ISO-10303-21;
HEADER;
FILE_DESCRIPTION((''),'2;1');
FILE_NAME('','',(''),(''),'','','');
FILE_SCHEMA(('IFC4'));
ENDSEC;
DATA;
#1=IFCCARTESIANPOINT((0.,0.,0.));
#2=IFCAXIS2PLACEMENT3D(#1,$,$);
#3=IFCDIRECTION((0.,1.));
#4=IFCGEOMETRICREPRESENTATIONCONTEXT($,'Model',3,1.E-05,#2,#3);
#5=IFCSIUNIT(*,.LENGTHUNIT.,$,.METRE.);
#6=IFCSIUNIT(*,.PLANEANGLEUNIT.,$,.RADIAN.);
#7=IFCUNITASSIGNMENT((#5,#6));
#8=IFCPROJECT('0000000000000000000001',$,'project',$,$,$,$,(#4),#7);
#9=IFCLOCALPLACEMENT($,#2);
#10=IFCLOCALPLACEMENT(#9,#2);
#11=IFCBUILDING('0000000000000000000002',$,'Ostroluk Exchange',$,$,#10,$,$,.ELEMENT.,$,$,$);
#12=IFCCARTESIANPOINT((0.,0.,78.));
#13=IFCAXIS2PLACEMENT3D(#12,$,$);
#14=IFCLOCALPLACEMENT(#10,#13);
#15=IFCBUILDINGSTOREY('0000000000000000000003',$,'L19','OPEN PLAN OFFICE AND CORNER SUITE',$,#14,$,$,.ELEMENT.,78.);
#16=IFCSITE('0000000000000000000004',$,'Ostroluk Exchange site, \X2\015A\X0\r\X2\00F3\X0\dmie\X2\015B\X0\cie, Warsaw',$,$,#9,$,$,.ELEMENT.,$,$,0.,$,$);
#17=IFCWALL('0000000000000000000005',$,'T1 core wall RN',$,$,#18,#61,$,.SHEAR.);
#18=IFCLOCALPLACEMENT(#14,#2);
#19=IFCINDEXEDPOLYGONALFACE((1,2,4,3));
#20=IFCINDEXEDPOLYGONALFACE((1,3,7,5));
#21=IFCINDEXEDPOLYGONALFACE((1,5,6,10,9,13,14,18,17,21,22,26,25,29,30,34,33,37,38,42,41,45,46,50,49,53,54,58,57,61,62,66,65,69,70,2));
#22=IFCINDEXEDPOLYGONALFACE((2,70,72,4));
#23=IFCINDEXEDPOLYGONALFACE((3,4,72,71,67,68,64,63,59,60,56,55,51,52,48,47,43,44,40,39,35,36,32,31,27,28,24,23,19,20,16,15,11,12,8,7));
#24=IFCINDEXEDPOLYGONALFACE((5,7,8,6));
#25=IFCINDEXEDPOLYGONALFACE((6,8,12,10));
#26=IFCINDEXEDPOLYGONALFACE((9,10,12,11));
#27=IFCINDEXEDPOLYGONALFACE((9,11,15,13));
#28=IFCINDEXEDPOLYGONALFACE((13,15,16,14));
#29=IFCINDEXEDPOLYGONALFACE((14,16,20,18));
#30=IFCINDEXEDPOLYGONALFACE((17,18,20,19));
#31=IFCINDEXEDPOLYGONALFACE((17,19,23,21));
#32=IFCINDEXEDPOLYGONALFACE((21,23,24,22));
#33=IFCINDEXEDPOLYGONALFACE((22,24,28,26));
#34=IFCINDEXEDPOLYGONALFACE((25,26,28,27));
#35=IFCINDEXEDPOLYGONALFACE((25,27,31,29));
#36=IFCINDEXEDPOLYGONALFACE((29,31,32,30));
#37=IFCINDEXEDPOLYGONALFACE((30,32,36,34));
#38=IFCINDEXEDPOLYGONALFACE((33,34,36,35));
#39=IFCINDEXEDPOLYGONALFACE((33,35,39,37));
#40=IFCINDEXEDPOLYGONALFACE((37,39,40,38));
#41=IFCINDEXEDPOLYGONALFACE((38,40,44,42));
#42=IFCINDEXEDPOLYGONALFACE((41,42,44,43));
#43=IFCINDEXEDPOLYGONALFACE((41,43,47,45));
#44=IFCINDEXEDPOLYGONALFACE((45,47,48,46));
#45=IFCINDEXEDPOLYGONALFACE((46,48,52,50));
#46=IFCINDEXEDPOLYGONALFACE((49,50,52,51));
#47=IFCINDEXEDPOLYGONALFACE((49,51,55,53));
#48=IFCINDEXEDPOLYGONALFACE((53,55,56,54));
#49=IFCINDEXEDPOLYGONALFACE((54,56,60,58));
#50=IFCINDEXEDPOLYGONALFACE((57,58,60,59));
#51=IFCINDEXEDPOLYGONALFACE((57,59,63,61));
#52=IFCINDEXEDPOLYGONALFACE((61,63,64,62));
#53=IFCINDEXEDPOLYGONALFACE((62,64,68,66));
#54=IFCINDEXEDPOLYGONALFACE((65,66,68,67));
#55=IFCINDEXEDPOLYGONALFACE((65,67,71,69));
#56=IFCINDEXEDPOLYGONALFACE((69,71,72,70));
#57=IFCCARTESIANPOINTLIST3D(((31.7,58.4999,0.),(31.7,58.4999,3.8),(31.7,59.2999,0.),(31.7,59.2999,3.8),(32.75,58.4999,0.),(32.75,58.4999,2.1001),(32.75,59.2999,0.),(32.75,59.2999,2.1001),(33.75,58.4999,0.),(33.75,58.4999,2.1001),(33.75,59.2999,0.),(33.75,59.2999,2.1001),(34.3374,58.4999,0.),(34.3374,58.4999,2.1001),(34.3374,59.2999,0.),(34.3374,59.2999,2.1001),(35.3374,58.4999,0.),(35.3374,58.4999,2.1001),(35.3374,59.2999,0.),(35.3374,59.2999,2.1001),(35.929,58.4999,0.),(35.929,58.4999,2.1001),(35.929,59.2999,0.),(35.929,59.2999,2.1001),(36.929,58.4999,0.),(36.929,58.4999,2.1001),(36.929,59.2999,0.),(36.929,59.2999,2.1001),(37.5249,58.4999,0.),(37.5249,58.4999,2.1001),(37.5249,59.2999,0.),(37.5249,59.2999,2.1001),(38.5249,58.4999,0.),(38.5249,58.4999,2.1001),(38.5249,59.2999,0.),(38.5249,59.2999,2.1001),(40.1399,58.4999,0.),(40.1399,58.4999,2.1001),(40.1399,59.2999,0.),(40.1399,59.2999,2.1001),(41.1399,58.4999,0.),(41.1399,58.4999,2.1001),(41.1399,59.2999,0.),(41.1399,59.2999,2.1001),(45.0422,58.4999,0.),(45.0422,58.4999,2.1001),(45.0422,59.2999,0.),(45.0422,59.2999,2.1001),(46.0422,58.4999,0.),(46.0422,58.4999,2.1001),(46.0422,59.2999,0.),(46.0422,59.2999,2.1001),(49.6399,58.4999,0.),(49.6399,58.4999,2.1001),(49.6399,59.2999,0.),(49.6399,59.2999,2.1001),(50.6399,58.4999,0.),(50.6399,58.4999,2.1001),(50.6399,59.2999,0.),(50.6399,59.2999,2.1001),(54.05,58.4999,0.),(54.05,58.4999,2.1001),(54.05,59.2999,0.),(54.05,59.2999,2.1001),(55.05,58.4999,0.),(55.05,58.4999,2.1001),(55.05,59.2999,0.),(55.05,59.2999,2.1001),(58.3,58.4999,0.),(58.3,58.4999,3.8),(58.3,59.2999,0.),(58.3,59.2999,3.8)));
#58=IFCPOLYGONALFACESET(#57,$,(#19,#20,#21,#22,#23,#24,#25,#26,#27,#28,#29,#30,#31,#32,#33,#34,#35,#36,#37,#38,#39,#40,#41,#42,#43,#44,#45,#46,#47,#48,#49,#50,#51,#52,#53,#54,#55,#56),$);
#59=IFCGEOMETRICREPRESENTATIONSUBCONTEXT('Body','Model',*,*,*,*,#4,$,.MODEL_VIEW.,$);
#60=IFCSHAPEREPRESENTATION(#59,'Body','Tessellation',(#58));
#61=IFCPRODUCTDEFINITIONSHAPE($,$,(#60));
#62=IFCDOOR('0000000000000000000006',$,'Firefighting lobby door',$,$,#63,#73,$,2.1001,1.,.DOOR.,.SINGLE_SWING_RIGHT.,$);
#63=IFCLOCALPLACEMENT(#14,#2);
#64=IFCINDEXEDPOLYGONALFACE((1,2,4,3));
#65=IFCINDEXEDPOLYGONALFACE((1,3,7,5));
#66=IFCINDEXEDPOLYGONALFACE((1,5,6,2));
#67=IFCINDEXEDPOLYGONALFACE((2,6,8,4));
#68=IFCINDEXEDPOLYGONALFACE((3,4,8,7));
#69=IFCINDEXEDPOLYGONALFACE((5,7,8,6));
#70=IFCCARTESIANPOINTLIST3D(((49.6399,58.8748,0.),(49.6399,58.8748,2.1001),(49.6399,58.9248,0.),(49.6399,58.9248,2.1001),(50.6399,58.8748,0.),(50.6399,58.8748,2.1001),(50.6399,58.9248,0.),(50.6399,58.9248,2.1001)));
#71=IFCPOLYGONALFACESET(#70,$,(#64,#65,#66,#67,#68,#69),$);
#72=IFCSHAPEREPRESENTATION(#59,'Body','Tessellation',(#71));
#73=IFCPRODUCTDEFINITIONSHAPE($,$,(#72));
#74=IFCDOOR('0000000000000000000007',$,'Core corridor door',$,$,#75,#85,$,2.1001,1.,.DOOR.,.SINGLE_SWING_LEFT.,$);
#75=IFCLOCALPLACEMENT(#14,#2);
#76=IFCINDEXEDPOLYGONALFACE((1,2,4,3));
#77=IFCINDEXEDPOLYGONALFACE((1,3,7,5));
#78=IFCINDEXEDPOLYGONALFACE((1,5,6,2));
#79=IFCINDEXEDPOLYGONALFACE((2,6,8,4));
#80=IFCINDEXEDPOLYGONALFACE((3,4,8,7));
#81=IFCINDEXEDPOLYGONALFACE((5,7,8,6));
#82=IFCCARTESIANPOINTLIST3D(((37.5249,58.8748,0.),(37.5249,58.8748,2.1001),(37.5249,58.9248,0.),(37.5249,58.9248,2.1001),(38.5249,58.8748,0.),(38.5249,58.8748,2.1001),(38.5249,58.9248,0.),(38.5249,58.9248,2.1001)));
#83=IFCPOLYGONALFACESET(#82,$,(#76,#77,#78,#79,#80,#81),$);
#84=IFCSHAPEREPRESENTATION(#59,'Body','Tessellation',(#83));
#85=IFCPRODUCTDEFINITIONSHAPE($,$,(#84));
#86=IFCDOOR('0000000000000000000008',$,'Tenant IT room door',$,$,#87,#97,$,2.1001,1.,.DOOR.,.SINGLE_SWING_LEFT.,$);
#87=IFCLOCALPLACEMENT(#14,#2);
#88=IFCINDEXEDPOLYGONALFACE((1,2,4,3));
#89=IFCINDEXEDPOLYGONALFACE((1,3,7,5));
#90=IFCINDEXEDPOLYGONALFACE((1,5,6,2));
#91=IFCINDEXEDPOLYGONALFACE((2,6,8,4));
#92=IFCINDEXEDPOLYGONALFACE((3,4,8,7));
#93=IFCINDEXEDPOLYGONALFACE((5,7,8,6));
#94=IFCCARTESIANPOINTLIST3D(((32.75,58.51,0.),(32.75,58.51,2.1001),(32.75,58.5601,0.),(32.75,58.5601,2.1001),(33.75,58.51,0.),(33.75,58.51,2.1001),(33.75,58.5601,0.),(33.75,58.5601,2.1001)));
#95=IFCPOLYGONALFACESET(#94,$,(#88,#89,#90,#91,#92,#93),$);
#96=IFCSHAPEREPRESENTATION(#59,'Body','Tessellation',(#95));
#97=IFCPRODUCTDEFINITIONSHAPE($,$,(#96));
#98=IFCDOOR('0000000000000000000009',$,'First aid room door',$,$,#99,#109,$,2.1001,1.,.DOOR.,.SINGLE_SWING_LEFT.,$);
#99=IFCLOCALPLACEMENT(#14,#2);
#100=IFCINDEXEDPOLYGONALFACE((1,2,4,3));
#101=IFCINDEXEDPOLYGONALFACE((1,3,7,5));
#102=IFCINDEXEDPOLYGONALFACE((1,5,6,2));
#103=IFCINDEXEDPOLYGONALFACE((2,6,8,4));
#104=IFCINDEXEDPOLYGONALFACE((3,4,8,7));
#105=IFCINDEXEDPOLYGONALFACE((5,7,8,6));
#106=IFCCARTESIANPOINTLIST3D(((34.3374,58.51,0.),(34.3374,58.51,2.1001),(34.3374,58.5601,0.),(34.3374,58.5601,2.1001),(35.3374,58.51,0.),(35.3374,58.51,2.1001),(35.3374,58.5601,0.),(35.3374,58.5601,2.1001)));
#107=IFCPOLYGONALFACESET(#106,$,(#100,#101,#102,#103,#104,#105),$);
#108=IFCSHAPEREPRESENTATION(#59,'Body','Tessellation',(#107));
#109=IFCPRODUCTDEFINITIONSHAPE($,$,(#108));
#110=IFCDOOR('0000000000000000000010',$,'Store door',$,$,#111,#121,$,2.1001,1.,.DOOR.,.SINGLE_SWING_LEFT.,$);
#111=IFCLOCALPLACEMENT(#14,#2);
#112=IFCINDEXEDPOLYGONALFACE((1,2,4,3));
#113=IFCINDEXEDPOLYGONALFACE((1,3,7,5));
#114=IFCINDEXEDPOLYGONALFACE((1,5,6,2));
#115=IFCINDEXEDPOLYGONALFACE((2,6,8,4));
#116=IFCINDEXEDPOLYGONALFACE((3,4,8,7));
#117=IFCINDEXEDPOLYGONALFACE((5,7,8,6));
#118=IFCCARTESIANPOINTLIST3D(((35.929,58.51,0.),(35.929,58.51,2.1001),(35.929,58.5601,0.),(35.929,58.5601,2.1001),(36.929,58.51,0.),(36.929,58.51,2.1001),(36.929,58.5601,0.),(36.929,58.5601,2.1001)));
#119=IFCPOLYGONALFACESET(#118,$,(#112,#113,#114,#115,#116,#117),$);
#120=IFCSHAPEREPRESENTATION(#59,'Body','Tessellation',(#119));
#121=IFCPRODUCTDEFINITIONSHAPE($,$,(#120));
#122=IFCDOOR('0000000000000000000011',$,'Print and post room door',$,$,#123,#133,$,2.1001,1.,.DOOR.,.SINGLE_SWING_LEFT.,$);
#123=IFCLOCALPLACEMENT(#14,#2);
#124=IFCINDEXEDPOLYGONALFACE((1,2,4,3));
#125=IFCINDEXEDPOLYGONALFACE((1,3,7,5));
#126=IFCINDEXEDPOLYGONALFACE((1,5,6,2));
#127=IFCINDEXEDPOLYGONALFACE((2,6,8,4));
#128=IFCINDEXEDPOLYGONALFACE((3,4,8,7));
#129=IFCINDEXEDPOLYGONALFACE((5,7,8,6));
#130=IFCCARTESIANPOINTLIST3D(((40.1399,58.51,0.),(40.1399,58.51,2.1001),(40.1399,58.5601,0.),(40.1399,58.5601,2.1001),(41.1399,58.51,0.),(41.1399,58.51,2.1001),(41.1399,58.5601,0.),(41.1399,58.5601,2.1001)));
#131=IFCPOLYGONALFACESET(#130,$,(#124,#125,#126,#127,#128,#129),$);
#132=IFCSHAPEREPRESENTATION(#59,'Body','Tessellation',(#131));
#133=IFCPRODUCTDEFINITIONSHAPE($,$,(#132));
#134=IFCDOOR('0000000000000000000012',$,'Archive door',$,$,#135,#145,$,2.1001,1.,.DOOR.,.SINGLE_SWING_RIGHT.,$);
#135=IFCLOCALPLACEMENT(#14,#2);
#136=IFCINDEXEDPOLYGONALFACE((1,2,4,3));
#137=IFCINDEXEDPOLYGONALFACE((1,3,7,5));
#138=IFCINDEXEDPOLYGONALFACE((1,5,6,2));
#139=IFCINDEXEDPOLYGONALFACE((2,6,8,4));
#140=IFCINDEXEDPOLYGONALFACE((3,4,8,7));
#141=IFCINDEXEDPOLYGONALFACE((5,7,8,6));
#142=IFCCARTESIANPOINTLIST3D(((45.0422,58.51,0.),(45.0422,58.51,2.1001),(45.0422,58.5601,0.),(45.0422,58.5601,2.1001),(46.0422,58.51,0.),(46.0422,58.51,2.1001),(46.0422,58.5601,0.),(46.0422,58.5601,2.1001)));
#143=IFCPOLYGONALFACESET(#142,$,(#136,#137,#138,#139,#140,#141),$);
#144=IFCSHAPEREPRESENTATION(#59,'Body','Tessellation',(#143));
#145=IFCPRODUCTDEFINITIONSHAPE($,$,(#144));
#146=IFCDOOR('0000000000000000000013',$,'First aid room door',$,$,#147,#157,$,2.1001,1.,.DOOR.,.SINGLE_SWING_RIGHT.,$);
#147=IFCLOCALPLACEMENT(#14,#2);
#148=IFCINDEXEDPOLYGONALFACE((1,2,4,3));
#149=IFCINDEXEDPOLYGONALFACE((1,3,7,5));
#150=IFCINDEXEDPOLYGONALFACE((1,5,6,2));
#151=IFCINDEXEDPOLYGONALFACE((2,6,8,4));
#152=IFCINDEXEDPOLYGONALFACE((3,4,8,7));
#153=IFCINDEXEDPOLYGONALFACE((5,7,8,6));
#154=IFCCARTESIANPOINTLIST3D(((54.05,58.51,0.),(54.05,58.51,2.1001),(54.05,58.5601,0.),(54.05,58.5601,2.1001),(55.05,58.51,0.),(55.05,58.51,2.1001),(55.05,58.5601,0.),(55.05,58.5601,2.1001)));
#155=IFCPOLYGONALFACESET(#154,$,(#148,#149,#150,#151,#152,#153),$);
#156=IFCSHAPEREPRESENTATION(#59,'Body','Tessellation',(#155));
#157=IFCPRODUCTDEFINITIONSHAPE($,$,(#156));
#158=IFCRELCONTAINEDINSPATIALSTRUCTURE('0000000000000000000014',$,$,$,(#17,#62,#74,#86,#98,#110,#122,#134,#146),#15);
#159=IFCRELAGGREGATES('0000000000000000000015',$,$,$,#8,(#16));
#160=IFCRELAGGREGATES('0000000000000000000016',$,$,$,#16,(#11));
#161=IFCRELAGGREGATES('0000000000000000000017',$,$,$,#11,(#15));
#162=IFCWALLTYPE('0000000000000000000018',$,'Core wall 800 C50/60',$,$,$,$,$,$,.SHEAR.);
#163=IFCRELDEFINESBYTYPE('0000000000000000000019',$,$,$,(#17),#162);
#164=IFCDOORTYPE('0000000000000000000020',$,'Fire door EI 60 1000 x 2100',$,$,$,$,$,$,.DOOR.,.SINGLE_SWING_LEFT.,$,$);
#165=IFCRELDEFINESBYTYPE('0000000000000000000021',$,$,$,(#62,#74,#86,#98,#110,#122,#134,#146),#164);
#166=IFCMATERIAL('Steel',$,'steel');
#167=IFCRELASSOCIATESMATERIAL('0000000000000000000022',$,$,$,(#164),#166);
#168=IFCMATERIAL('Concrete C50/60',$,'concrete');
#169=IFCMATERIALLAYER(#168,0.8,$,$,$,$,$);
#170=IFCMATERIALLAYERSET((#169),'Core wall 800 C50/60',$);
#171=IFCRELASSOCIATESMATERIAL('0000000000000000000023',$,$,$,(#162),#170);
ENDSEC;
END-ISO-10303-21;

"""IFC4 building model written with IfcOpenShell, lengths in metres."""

from ifc_helpers import new_model, si_unit, direction, frame, frame_2d, origin, place, context, subcontext, project, spatial, rectangle, extrude, material, layer, layer_set, type_object, element, fill, save


model = new_model("IFC4")

# Units and contexts
model_context = context("Model", 3, precision=1e-05, world=origin(), true_north=direction((0.0, 1.0)))
body_context = subcontext(model_context, "Body", "Model", "MODEL_VIEW")
ifc_project = project(units=[si_unit("LENGTHUNIT", "METRE"), si_unit("PLANEANGLEUNIT", "RADIAN")], contexts=[model_context])

# Site, building, storey
site_placement = place(None, origin())
site = spatial("IfcSite", under=ifc_project, at=site_placement, Name="Ostroluk Exchange site, Śródmieście, Warsaw", CompositionType="ELEMENT", RefElevation=0.0)
building_placement = place(site_placement, origin())
building = spatial("IfcBuilding", under=site, at=building_placement, Name="Ostroluk Exchange", CompositionType="ELEMENT")
storey_placement = place(building_placement, frame((0.0, 0.0, 78.0)))
storey = spatial("IfcBuildingStorey", under=building, at=storey_placement, Name="L19", Description="OPEN PLAN OFFICE AND CORNER SUITE", CompositionType="ELEMENT", Elevation=78.0)

# Wall, openings, doors
ifc_material_1 = material(Name="Steel", Category="steel")
door_type = type_object("IfcDoorType", Name="Fire door EI 60 1000 x 2100", OperationType="SINGLE_SWING_LEFT", PredefinedType="DOOR", material=ifc_material_1)
ifc_material_2 = material(Name="Concrete C50/60", Category="concrete")
ifc_layer_1 = layer(ifc_material_2, 0.8)
ifc_layer_set_1 = layer_set([ifc_layer_1], Name="Core wall 800 C50/60")
wall_type_1 = type_object("IfcWallType", Name="Core wall 800 C50/60", PredefinedType="SHEAR", material=ifc_layer_set_1)
wall_1_placement = place(storey_placement, frame((31.7, 58.8999, 0.0), z_axis=(0.0, 0.0, 1.0), x_axis=(1.0, 0.0, 0.0)))
wall_1 = element("IfcWall", 1, at=wall_1_placement, inside=storey, type_object=wall_type_1, Name="T1 core wall RN", PredefinedType="SHEAR", context=body_context, shape_type="SweptSolid", body=[
    extrude(rectangle(XDim=26.6001, YDim=0.8, at=frame_2d((13.3, 0.0))), origin(), (0.0, 0.0, 1.0), 3.8),
])
opening_1_placement = place(wall_1_placement, frame((17.9399, 0.0, 0.0)))
opening_1 = element("IfcOpeningElement", 2, at=opening_1_placement, cuts=wall_1, PredefinedType="OPENING", context=body_context, shape_type="SweptSolid", body=[
    extrude(rectangle(XDim=1.0, YDim=2.1001, at=frame_2d((0.5, 1.05))), frame((0.0, 0.4099, 0.0), z_axis=(0.0, -1.0, 0.0), x_axis=(1.0, 0.0, 0.0)), (0.0, 0.0, 1.0), 0.8201),
])
opening_2_placement = place(wall_1_placement, frame((5.825, 0.0, 0.0)))
opening_2 = element("IfcOpeningElement", 3, at=opening_2_placement, cuts=wall_1, PredefinedType="OPENING", context=body_context, shape_type="SweptSolid", body=[
    extrude(rectangle(XDim=1.0, YDim=2.1001, at=frame_2d((0.5, 1.05))), frame((0.0, 0.4099, 0.0), z_axis=(0.0, -1.0, 0.0), x_axis=(1.0, 0.0, 0.0)), (0.0, 0.0, 1.0), 0.8201),
])
opening_3_placement = place(wall_1_placement, frame((1.05, 0.0, 0.0)))
opening_3 = element("IfcOpeningElement", 4, at=opening_3_placement, cuts=wall_1, PredefinedType="OPENING", context=body_context, shape_type="SweptSolid", body=[
    extrude(rectangle(XDim=1.0, YDim=2.1001, at=frame_2d((0.5, 1.05))), frame((0.0, 0.4099, 0.0), z_axis=(0.0, -1.0, 0.0), x_axis=(1.0, 0.0, 0.0)), (0.0, 0.0, 1.0), 0.8201),
])
opening_4_placement = place(wall_1_placement, frame((2.6375, 0.0, 0.0)))
opening_4 = element("IfcOpeningElement", 5, at=opening_4_placement, cuts=wall_1, PredefinedType="OPENING", context=body_context, shape_type="SweptSolid", body=[
    extrude(rectangle(XDim=1.0, YDim=2.1001, at=frame_2d((0.5, 1.05))), frame((0.0, 0.4099, 0.0), z_axis=(0.0, -1.0, 0.0), x_axis=(1.0, 0.0, 0.0)), (0.0, 0.0, 1.0), 0.8201),
])
opening_5_placement = place(wall_1_placement, frame((4.229, 0.0, 0.0)))
opening_5 = element("IfcOpeningElement", 6, at=opening_5_placement, cuts=wall_1, PredefinedType="OPENING", context=body_context, shape_type="SweptSolid", body=[
    extrude(rectangle(XDim=1.0, YDim=2.1001, at=frame_2d((0.5, 1.05))), frame((0.0, 0.4099, 0.0), z_axis=(0.0, -1.0, 0.0), x_axis=(1.0, 0.0, 0.0)), (0.0, 0.0, 1.0), 0.8201),
])
opening_6_placement = place(wall_1_placement, frame((8.4399, 0.0, 0.0)))
opening_6 = element("IfcOpeningElement", 7, at=opening_6_placement, cuts=wall_1, PredefinedType="OPENING", context=body_context, shape_type="SweptSolid", body=[
    extrude(rectangle(XDim=1.0, YDim=2.1001, at=frame_2d((0.5, 1.05))), frame((0.0, 0.4099, 0.0), z_axis=(0.0, -1.0, 0.0), x_axis=(1.0, 0.0, 0.0)), (0.0, 0.0, 1.0), 0.8201),
])
opening_7_placement = place(wall_1_placement, frame((13.3423, 0.0, 0.0)))
opening_7 = element("IfcOpeningElement", 8, at=opening_7_placement, cuts=wall_1, PredefinedType="OPENING", context=body_context, shape_type="SweptSolid", body=[
    extrude(rectangle(XDim=1.0, YDim=2.1001, at=frame_2d((0.5, 1.05))), frame((0.0, 0.4099, 0.0), z_axis=(0.0, -1.0, 0.0), x_axis=(1.0, 0.0, 0.0)), (0.0, 0.0, 1.0), 0.8201),
])
opening_8_placement = place(wall_1_placement, frame((22.3501, 0.0, 0.0)))
opening_8 = element("IfcOpeningElement", 9, at=opening_8_placement, cuts=wall_1, PredefinedType="OPENING", context=body_context, shape_type="SweptSolid", body=[
    extrude(rectangle(XDim=1.0, YDim=2.1001, at=frame_2d((0.5, 1.05))), frame((0.0, 0.4099, 0.0), z_axis=(0.0, -1.0, 0.0), x_axis=(1.0, 0.0, 0.0)), (0.0, 0.0, 1.0), 0.8201),
])
door_1_placement = place(opening_1_placement, origin())
door_1 = element("IfcDoor", 10, at=door_1_placement, inside=storey, type_object=door_type, Name="Firefighting lobby door", OperationType="SINGLE_SWING_RIGHT", OverallHeight=2.1001, OverallWidth=1.0, PredefinedType="DOOR", context=body_context, shape_type="SweptSolid", body=[
    extrude(rectangle(XDim=1.0, YDim=2.1001, at=frame_2d((0.5, 1.05))), frame((0.0, 0.0249, 0.0), z_axis=(0.0, -1.0, 0.0), x_axis=(1.0, 0.0, 0.0)), (0.0, 0.0, 1.0), 0.05),
])
fill(opening_1, door_1)
door_2_placement = place(opening_2_placement, origin())
door_2 = element("IfcDoor", 11, at=door_2_placement, inside=storey, type_object=door_type, Name="Core corridor door", OperationType="SINGLE_SWING_LEFT", OverallHeight=2.1001, OverallWidth=1.0, PredefinedType="DOOR", context=body_context, shape_type="SweptSolid", body=[
    extrude(rectangle(XDim=1.0, YDim=2.1001, at=frame_2d((0.5, 1.05))), frame((0.0, 0.0249, 0.0), z_axis=(0.0, -1.0, 0.0), x_axis=(1.0, 0.0, 0.0)), (0.0, 0.0, 1.0), 0.05),
])
fill(opening_2, door_2)
door_3_placement = place(opening_3_placement, origin())
door_3 = element("IfcDoor", 12, at=door_3_placement, inside=storey, type_object=door_type, Name="Tenant IT room door", OperationType="SINGLE_SWING_LEFT", OverallHeight=2.1001, OverallWidth=1.0, PredefinedType="DOOR", context=body_context, shape_type="SweptSolid", body=[
    extrude(rectangle(XDim=1.0, YDim=2.1001, at=frame_2d((0.5, 1.05))), frame((0.0, -0.3398, 0.0), z_axis=(0.0, -1.0, 0.0), x_axis=(1.0, 0.0, 0.0)), (0.0, 0.0, 1.0), 0.05),
])
fill(opening_3, door_3)
door_4_placement = place(opening_4_placement, origin())
door_4 = element("IfcDoor", 13, at=door_4_placement, inside=storey, type_object=door_type, Name="First aid room door", OperationType="SINGLE_SWING_LEFT", OverallHeight=2.1001, OverallWidth=1.0, PredefinedType="DOOR", context=body_context, shape_type="SweptSolid", body=[
    extrude(rectangle(XDim=1.0, YDim=2.1001, at=frame_2d((0.5, 1.05))), frame((0.0, -0.3398, 0.0), z_axis=(0.0, -1.0, 0.0), x_axis=(1.0, 0.0, 0.0)), (0.0, 0.0, 1.0), 0.05),
])
fill(opening_4, door_4)
door_5_placement = place(opening_5_placement, origin())
door_5 = element("IfcDoor", 14, at=door_5_placement, inside=storey, type_object=door_type, Name="Store door", OperationType="SINGLE_SWING_LEFT", OverallHeight=2.1001, OverallWidth=1.0, PredefinedType="DOOR", context=body_context, shape_type="SweptSolid", body=[
    extrude(rectangle(XDim=1.0, YDim=2.1001, at=frame_2d((0.5, 1.05))), frame((0.0, -0.3398, 0.0), z_axis=(0.0, -1.0, 0.0), x_axis=(1.0, 0.0, 0.0)), (0.0, 0.0, 1.0), 0.05),
])
fill(opening_5, door_5)
door_6_placement = place(opening_6_placement, origin())
door_6 = element("IfcDoor", 15, at=door_6_placement, inside=storey, type_object=door_type, Name="Print and post room door", OperationType="SINGLE_SWING_LEFT", OverallHeight=2.1001, OverallWidth=1.0, PredefinedType="DOOR", context=body_context, shape_type="SweptSolid", body=[
    extrude(rectangle(XDim=1.0, YDim=2.1001, at=frame_2d((0.5, 1.05))), frame((0.0, -0.3398, 0.0), z_axis=(0.0, -1.0, 0.0), x_axis=(1.0, 0.0, 0.0)), (0.0, 0.0, 1.0), 0.05),
])
fill(opening_6, door_6)
door_7_placement = place(opening_7_placement, origin())
door_7 = element("IfcDoor", 16, at=door_7_placement, inside=storey, type_object=door_type, Name="Archive door", OperationType="SINGLE_SWING_RIGHT", OverallHeight=2.1001, OverallWidth=1.0, PredefinedType="DOOR", context=body_context, shape_type="SweptSolid", body=[
    extrude(rectangle(XDim=1.0, YDim=2.1001, at=frame_2d((0.5, 1.05))), frame((0.0, -0.3398, 0.0), z_axis=(0.0, -1.0, 0.0), x_axis=(1.0, 0.0, 0.0)), (0.0, 0.0, 1.0), 0.05),
])
fill(opening_7, door_7)
door_8_placement = place(opening_8_placement, origin())
door_8 = element("IfcDoor", 17, at=door_8_placement, inside=storey, type_object=door_type, Name="First aid room door", OperationType="SINGLE_SWING_RIGHT", OverallHeight=2.1001, OverallWidth=1.0, PredefinedType="DOOR", context=body_context, shape_type="SweptSolid", body=[
    extrude(rectangle(XDim=1.0, YDim=2.1001, at=frame_2d((0.5, 1.05))), frame((0.0, -0.3398, 0.0), z_axis=(0.0, -1.0, 0.0), x_axis=(1.0, 0.0, 0.0)), (0.0, 0.0, 1.0), 0.05),
])
fill(opening_8, door_8)

save(model, "model.ifc")
